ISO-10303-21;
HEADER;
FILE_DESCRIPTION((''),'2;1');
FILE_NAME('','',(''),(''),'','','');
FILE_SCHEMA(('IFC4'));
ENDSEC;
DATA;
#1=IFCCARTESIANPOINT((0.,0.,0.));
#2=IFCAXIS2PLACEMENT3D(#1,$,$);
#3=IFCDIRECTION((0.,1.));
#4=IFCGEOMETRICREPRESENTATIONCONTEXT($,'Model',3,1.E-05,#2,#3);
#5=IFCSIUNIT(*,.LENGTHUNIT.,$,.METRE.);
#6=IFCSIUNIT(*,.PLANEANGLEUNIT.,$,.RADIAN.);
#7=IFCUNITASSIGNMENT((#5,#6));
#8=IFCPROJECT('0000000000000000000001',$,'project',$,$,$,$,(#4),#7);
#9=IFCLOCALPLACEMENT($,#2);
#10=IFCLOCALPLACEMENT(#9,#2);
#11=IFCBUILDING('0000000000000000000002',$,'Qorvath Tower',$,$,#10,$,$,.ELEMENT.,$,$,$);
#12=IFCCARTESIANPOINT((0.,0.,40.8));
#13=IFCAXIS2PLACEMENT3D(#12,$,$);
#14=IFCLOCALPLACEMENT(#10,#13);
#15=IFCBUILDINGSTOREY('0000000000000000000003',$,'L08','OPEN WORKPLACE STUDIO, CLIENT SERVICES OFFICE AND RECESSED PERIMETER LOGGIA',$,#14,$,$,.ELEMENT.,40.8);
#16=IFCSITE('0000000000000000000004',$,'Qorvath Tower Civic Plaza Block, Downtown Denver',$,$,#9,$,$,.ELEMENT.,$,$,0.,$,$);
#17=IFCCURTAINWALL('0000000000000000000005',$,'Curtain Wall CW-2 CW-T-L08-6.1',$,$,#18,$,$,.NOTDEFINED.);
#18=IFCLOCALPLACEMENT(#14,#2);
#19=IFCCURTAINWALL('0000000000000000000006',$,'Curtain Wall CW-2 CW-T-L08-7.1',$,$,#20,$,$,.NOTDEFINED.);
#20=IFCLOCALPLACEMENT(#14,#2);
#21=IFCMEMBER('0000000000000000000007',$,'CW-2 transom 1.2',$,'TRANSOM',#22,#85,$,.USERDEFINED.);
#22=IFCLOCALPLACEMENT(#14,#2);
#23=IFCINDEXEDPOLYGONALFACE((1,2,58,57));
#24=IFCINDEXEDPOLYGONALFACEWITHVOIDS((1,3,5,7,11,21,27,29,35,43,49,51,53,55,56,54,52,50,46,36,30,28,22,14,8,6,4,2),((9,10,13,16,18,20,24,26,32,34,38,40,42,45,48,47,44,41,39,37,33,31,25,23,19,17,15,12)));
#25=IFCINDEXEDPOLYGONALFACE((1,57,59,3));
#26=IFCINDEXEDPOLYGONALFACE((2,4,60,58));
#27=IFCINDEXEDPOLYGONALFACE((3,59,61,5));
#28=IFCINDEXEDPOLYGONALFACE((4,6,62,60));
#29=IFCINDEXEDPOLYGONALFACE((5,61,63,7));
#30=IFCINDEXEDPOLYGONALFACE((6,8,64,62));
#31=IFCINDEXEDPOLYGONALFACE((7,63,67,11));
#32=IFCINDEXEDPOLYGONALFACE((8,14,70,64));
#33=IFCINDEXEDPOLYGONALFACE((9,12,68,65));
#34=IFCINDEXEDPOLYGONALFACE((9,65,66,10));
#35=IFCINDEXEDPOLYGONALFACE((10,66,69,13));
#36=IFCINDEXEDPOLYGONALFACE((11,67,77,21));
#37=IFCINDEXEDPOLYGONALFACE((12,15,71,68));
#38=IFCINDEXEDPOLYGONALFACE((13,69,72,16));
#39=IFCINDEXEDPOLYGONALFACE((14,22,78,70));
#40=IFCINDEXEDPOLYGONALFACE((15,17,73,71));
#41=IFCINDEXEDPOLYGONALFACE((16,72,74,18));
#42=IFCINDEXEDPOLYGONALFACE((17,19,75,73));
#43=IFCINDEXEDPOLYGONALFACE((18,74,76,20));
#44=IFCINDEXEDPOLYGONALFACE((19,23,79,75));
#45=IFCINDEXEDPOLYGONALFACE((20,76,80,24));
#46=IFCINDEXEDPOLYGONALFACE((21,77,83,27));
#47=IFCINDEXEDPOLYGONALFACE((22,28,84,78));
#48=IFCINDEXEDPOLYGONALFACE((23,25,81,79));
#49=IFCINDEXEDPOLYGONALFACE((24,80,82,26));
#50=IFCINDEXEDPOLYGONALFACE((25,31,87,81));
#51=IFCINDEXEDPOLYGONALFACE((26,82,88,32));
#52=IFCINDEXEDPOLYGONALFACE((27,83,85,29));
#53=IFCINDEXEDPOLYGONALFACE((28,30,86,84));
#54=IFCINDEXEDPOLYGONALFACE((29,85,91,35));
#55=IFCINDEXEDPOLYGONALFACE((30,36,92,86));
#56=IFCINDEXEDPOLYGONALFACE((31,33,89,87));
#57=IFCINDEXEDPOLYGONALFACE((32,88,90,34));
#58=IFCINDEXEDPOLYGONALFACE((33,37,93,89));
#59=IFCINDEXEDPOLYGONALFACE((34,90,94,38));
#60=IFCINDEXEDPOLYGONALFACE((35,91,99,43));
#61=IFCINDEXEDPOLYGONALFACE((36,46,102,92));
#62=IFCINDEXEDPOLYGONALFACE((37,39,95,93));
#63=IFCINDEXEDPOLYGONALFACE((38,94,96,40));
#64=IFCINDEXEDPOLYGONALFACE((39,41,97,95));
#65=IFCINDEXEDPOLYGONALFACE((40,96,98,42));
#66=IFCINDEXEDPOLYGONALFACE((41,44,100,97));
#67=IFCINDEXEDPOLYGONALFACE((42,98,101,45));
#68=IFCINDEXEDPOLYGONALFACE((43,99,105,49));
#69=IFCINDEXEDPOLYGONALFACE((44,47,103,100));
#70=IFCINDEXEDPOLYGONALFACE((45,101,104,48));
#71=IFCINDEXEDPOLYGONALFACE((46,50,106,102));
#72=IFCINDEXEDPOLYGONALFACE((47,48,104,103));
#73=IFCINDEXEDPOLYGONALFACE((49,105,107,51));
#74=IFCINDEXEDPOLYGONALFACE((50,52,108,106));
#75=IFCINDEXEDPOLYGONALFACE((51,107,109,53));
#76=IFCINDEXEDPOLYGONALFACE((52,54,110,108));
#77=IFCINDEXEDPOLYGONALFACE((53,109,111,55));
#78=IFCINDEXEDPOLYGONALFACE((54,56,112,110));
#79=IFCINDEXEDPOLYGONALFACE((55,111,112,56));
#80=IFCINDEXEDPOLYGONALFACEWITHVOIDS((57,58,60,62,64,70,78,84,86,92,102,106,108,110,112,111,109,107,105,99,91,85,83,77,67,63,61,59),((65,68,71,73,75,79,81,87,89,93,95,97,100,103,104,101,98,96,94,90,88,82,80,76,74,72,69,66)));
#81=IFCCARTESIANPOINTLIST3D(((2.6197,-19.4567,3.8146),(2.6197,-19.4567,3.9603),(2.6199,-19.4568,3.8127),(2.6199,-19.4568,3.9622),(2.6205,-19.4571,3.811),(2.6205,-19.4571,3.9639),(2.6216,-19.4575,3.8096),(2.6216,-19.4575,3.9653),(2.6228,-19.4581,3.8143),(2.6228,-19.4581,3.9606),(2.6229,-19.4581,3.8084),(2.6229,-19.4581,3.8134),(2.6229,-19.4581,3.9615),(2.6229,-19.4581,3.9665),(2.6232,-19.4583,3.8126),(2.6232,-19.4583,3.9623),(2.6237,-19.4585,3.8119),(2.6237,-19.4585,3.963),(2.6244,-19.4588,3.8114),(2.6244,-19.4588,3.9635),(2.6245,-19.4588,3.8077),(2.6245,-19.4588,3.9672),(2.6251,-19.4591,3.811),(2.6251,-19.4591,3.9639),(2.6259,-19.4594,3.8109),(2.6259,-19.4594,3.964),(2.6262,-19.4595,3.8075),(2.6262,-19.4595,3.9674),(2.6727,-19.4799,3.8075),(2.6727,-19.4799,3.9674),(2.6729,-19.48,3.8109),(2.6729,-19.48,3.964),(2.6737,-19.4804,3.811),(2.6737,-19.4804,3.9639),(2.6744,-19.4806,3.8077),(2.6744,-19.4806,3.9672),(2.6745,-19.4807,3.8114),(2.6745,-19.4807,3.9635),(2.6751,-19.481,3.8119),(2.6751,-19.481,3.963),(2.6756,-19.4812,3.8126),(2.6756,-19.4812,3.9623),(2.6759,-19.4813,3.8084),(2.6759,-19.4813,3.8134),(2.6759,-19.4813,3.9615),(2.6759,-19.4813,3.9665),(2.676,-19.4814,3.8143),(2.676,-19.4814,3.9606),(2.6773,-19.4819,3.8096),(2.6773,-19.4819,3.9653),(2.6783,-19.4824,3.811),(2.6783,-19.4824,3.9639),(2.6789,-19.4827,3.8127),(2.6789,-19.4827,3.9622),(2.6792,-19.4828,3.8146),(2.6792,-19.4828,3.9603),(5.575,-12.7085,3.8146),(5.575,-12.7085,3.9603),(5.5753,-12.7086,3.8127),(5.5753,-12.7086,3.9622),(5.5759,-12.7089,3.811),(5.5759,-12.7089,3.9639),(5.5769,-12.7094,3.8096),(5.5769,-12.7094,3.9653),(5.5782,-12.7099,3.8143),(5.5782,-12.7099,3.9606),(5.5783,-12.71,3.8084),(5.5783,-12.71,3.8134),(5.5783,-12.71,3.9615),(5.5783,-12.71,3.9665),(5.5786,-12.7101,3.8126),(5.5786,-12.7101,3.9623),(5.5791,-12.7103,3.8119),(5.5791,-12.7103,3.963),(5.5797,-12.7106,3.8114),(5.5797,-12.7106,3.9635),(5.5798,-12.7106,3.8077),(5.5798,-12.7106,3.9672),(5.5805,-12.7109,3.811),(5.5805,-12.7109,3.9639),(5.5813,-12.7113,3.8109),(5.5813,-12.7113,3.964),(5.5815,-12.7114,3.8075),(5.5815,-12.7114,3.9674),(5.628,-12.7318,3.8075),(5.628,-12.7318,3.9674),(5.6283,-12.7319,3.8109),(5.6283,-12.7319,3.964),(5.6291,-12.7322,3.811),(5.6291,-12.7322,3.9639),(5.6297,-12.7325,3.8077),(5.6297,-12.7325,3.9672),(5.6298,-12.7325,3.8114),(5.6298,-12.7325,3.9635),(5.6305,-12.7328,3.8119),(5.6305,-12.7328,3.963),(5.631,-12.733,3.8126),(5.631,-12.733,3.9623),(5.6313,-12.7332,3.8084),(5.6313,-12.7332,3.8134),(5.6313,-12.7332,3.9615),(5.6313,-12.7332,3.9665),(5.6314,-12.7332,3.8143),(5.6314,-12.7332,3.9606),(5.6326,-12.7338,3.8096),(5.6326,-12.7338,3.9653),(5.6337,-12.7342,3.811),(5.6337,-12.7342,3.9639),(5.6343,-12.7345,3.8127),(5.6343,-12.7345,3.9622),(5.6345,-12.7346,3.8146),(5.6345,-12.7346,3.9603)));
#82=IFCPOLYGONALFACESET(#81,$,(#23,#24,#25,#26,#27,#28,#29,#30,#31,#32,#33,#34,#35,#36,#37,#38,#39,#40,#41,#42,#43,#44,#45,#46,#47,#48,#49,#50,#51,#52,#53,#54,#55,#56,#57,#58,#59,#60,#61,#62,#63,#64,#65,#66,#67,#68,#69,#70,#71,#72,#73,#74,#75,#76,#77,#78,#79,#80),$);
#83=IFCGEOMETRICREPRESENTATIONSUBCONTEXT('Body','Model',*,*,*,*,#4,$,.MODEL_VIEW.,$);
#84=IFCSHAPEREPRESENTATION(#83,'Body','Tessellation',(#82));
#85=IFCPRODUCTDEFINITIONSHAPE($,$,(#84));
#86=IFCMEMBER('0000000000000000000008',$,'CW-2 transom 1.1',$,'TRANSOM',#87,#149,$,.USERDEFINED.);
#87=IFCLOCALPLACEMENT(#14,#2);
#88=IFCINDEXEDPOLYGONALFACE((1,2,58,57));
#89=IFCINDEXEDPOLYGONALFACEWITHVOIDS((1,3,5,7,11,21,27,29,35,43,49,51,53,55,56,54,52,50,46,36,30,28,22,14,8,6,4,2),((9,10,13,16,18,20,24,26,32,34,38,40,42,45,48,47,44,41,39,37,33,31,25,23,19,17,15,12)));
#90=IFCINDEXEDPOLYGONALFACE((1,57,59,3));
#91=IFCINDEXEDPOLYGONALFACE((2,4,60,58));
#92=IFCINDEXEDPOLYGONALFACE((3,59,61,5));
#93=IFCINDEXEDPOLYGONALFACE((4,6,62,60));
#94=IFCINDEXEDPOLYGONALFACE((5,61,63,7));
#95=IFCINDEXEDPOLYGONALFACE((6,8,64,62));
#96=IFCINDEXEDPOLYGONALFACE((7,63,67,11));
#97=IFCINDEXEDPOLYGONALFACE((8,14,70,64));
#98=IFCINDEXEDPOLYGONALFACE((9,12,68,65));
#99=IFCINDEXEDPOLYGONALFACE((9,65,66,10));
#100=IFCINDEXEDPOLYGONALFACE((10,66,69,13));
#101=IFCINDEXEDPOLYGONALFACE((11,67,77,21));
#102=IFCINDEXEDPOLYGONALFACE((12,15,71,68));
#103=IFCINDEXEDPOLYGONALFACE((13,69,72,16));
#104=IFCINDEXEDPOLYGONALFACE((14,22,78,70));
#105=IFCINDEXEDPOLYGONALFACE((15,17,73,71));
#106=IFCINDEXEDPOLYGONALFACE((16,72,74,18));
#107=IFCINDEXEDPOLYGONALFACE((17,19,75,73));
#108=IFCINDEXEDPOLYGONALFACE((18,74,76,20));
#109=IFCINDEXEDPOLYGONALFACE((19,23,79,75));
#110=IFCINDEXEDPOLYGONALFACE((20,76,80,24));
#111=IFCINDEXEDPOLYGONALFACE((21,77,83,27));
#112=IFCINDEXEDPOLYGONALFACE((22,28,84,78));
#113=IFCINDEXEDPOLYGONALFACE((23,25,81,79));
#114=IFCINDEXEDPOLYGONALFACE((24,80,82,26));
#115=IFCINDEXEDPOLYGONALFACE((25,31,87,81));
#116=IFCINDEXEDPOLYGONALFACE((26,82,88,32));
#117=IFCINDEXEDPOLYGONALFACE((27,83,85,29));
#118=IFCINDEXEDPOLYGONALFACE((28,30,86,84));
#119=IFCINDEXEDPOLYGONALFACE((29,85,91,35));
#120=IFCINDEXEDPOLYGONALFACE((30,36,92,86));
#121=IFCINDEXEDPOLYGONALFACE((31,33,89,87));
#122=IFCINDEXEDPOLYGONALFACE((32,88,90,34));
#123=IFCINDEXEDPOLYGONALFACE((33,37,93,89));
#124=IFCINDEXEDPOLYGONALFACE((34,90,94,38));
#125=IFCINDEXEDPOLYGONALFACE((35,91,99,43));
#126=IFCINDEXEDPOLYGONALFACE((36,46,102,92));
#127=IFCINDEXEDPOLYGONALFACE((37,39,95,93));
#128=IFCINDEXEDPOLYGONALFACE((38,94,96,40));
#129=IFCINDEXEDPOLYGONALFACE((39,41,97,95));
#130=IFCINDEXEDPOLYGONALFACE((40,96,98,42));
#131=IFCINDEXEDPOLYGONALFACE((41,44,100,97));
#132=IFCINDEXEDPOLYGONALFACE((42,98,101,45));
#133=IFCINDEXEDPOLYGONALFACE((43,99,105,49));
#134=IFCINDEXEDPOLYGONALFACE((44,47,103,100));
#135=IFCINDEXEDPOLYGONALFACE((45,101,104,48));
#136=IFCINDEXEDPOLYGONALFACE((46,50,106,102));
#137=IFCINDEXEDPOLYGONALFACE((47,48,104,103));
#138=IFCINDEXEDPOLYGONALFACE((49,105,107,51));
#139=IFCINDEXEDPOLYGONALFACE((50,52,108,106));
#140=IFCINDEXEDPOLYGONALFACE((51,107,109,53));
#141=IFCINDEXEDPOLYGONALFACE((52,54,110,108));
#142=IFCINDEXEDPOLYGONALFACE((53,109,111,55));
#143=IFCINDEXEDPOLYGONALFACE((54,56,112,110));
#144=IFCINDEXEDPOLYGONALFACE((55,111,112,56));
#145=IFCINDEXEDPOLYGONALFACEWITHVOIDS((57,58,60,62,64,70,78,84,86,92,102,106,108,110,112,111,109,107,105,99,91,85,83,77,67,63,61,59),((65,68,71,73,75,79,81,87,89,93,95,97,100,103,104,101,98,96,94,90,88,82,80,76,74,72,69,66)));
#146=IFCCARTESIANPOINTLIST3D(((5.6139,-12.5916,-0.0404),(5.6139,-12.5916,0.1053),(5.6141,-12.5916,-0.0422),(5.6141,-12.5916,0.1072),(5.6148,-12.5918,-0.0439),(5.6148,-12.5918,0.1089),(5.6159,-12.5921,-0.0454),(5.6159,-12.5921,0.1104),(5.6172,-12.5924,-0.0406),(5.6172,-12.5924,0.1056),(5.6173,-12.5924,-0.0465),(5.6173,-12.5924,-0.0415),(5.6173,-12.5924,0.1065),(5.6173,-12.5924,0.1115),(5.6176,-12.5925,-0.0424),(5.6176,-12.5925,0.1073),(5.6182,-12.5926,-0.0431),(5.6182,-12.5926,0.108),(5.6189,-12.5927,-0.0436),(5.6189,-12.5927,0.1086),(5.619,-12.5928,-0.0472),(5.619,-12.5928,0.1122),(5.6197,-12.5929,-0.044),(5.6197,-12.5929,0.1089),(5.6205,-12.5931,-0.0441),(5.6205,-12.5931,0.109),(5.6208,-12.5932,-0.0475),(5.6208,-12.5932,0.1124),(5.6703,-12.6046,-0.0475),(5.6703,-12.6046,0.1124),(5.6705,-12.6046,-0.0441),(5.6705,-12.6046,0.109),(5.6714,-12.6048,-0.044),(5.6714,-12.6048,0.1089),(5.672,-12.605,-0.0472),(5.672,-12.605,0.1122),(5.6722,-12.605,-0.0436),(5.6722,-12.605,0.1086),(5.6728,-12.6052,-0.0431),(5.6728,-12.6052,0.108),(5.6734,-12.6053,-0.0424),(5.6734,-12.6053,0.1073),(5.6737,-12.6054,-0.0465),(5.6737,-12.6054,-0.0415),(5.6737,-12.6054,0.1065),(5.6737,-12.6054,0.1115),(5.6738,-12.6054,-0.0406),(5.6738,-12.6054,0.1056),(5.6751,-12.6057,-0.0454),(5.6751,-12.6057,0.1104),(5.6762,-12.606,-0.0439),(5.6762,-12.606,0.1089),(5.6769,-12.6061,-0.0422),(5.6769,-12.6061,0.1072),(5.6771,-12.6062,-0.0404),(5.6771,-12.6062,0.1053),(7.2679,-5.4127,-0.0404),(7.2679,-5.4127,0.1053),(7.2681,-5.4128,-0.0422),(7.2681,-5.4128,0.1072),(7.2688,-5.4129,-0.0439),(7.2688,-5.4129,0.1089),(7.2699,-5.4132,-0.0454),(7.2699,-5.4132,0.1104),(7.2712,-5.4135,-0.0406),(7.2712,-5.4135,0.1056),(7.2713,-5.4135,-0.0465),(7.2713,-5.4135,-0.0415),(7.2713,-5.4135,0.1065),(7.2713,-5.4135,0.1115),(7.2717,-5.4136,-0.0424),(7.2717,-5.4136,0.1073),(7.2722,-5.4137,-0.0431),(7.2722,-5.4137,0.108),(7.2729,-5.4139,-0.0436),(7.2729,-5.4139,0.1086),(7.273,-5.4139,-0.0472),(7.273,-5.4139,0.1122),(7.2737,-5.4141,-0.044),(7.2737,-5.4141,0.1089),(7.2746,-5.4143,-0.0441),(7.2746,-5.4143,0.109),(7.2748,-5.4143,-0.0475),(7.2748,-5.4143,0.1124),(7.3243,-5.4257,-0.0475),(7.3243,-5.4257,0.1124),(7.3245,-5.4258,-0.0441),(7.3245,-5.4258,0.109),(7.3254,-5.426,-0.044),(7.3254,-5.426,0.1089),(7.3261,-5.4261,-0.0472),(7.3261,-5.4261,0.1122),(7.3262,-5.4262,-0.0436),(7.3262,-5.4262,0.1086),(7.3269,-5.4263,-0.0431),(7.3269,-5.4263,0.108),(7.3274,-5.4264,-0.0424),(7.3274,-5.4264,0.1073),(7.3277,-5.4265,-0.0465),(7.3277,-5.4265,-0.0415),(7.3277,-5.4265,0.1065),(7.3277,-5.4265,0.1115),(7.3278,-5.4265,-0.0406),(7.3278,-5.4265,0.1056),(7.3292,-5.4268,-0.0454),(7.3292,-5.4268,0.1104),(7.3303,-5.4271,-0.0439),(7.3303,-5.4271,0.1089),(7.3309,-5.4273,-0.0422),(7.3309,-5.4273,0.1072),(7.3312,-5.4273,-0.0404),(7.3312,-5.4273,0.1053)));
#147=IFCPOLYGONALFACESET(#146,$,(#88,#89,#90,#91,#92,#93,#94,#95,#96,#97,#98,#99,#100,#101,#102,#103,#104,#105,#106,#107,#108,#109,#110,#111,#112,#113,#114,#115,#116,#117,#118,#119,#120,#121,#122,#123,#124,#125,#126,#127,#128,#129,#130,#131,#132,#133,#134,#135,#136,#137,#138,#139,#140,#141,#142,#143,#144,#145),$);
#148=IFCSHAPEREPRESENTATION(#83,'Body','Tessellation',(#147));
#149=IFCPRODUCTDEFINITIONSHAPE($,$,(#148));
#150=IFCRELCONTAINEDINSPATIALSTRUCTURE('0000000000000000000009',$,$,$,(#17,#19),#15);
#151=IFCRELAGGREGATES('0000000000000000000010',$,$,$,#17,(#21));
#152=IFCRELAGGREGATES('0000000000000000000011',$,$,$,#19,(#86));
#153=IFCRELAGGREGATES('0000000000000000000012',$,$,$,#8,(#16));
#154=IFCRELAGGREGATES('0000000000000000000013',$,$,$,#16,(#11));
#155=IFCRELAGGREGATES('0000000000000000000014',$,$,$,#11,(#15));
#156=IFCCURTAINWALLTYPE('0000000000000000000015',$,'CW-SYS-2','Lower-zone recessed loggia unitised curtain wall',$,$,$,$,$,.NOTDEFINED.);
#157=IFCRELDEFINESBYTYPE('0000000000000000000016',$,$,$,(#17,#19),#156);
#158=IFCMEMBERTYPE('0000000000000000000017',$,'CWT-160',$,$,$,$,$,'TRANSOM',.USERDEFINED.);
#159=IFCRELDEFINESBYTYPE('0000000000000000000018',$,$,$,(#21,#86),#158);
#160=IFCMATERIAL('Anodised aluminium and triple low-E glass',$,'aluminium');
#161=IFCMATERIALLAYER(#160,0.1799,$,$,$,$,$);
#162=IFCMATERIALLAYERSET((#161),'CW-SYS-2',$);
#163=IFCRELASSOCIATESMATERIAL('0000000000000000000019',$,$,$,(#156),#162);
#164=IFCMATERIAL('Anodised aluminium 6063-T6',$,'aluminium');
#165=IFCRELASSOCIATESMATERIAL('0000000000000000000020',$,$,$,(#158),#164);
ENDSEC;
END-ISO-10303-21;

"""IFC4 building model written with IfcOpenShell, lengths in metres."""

from ifc_helpers import new_model, si_unit, direction, frame, origin, origin_2d, place, context, subcontext, project, spatial, hollow_rectangle, extrude, material, layer, layer_set, material_profile, profile_set, type_object, element, aggregate, save


model = new_model("IFC4")

# Units and contexts
model_context = context("Model", 3, precision=1e-05, world=origin(), true_north=direction((0.0, 1.0)))
body_context = subcontext(model_context, "Body", "Model", "MODEL_VIEW")
ifc_project = project(units=[si_unit("LENGTHUNIT", "METRE"), si_unit("PLANEANGLEUNIT", "RADIAN")], contexts=[model_context])

# Site, building, storey
site_placement = place(None, origin())
site = spatial("IfcSite", under=ifc_project, at=site_placement, Name="Qorvath Tower Civic Plaza Block, Downtown Denver", CompositionType="ELEMENT", RefElevation=0.0)
building_placement = place(site_placement, origin())
building = spatial("IfcBuilding", under=site, at=building_placement, Name="Qorvath Tower", CompositionType="ELEMENT")
storey_placement = place(building_placement, frame((0.0, 0.0, 40.8)))
storey = spatial("IfcBuildingStorey", under=building, at=storey_placement, Name="L08", Description="OPEN WORKPLACE STUDIO, CLIENT SERVICES OFFICE AND RECESSED PERIMETER LOGGIA", CompositionType="ELEMENT", Elevation=40.8)

# Curtain wall
ifc_material_1 = material(Name="Anodised aluminium and triple low-E glass", Category="aluminium")
ifc_layer_1 = layer(ifc_material_1, 0.1799)
ifc_layer_set_1 = layer_set([ifc_layer_1], Name="CW-SYS-2")
curtain_wall_type = type_object("IfcCurtainWallType", Name="CW-SYS-2", Description="Lower-zone recessed loggia unitised curtain wall", PredefinedType="NOTDEFINED", material=ifc_layer_set_1)
curtain_wall_1_placement = place(storey_placement, origin())
curtain_wall_1 = element("IfcCurtainWall", 1, at=curtain_wall_1_placement, inside=storey, type_object=curtain_wall_type, Name="Curtain Wall CW-2 CW-T-L08-6.1", PredefinedType="NOTDEFINED")

# Curtain wall
curtain_wall_2_placement = place(storey_placement, origin())
curtain_wall_2 = element("IfcCurtainWall", 2, at=curtain_wall_2_placement, inside=storey, type_object=curtain_wall_type, Name="Curtain Wall CW-2 CW-T-L08-7.1", PredefinedType="NOTDEFINED")

# Members
ifc_material_2 = material(Name="Anodised aluminium 6063-T6", Category="aluminium")
ifc_material_profile_1 = material_profile(ifc_material_2, hollow_rectangle(XDim=0.0649, YDim=0.1599, WallThickness=0.0034, InnerFilletRadius=0.0034, OuterFilletRadius=0.0071, at=origin_2d()), Name="CWT 160x65")
ifc_profile_set_1 = profile_set([ifc_material_profile_1], Name="Anodised aluminium 6063-T6")
member_type_1 = type_object("IfcMemberType", Name="CWT-160", ElementType="TRANSOM", PredefinedType="USERDEFINED", material=ifc_profile_set_1)
member_1_placement = place(storey_placement, frame((2.6494, -19.4697, 3.8875), z_axis=(0.401167, 0.916005, 0.0), x_axis=(-0.916005, 0.401167, 0.0)))
member_1 = element("IfcMember", 3, at=member_1_placement, type_object=member_type_1, Name="CW-2 transom 1.2", ObjectType="TRANSOM", PredefinedType="USERDEFINED", context=body_context, shape_type="SweptSolid", body=[
    extrude(hollow_rectangle(XDim=0.0649, YDim=0.1599, WallThickness=0.0034, InnerFilletRadius=0.0034, OuterFilletRadius=0.0071, at=origin_2d()), origin(), (0.0, 0.0, 1.0), 7.3669),
])
member_2_placement = place(storey_placement, frame((5.6455, -12.5989, 0.0325), z_axis=(0.224521, 0.974469, 0.0), x_axis=(-0.974469, 0.224521, 0.0)))
member_2 = element("IfcMember", 4, at=member_2_placement, type_object=member_type_1, Name="CW-2 transom 1.1", ObjectType="TRANSOM", PredefinedType="USERDEFINED", context=body_context, shape_type="SweptSolid", body=[
    extrude(hollow_rectangle(XDim=0.0649, YDim=0.1599, WallThickness=0.0034, InnerFilletRadius=0.0034, OuterFilletRadius=0.0071, at=origin_2d()), origin(), (0.0, 0.0, 1.0), 7.3669),
])

aggregate(curtain_wall_1, [member_1])
aggregate(curtain_wall_2, [member_2])

save(model, "model.ifc")
